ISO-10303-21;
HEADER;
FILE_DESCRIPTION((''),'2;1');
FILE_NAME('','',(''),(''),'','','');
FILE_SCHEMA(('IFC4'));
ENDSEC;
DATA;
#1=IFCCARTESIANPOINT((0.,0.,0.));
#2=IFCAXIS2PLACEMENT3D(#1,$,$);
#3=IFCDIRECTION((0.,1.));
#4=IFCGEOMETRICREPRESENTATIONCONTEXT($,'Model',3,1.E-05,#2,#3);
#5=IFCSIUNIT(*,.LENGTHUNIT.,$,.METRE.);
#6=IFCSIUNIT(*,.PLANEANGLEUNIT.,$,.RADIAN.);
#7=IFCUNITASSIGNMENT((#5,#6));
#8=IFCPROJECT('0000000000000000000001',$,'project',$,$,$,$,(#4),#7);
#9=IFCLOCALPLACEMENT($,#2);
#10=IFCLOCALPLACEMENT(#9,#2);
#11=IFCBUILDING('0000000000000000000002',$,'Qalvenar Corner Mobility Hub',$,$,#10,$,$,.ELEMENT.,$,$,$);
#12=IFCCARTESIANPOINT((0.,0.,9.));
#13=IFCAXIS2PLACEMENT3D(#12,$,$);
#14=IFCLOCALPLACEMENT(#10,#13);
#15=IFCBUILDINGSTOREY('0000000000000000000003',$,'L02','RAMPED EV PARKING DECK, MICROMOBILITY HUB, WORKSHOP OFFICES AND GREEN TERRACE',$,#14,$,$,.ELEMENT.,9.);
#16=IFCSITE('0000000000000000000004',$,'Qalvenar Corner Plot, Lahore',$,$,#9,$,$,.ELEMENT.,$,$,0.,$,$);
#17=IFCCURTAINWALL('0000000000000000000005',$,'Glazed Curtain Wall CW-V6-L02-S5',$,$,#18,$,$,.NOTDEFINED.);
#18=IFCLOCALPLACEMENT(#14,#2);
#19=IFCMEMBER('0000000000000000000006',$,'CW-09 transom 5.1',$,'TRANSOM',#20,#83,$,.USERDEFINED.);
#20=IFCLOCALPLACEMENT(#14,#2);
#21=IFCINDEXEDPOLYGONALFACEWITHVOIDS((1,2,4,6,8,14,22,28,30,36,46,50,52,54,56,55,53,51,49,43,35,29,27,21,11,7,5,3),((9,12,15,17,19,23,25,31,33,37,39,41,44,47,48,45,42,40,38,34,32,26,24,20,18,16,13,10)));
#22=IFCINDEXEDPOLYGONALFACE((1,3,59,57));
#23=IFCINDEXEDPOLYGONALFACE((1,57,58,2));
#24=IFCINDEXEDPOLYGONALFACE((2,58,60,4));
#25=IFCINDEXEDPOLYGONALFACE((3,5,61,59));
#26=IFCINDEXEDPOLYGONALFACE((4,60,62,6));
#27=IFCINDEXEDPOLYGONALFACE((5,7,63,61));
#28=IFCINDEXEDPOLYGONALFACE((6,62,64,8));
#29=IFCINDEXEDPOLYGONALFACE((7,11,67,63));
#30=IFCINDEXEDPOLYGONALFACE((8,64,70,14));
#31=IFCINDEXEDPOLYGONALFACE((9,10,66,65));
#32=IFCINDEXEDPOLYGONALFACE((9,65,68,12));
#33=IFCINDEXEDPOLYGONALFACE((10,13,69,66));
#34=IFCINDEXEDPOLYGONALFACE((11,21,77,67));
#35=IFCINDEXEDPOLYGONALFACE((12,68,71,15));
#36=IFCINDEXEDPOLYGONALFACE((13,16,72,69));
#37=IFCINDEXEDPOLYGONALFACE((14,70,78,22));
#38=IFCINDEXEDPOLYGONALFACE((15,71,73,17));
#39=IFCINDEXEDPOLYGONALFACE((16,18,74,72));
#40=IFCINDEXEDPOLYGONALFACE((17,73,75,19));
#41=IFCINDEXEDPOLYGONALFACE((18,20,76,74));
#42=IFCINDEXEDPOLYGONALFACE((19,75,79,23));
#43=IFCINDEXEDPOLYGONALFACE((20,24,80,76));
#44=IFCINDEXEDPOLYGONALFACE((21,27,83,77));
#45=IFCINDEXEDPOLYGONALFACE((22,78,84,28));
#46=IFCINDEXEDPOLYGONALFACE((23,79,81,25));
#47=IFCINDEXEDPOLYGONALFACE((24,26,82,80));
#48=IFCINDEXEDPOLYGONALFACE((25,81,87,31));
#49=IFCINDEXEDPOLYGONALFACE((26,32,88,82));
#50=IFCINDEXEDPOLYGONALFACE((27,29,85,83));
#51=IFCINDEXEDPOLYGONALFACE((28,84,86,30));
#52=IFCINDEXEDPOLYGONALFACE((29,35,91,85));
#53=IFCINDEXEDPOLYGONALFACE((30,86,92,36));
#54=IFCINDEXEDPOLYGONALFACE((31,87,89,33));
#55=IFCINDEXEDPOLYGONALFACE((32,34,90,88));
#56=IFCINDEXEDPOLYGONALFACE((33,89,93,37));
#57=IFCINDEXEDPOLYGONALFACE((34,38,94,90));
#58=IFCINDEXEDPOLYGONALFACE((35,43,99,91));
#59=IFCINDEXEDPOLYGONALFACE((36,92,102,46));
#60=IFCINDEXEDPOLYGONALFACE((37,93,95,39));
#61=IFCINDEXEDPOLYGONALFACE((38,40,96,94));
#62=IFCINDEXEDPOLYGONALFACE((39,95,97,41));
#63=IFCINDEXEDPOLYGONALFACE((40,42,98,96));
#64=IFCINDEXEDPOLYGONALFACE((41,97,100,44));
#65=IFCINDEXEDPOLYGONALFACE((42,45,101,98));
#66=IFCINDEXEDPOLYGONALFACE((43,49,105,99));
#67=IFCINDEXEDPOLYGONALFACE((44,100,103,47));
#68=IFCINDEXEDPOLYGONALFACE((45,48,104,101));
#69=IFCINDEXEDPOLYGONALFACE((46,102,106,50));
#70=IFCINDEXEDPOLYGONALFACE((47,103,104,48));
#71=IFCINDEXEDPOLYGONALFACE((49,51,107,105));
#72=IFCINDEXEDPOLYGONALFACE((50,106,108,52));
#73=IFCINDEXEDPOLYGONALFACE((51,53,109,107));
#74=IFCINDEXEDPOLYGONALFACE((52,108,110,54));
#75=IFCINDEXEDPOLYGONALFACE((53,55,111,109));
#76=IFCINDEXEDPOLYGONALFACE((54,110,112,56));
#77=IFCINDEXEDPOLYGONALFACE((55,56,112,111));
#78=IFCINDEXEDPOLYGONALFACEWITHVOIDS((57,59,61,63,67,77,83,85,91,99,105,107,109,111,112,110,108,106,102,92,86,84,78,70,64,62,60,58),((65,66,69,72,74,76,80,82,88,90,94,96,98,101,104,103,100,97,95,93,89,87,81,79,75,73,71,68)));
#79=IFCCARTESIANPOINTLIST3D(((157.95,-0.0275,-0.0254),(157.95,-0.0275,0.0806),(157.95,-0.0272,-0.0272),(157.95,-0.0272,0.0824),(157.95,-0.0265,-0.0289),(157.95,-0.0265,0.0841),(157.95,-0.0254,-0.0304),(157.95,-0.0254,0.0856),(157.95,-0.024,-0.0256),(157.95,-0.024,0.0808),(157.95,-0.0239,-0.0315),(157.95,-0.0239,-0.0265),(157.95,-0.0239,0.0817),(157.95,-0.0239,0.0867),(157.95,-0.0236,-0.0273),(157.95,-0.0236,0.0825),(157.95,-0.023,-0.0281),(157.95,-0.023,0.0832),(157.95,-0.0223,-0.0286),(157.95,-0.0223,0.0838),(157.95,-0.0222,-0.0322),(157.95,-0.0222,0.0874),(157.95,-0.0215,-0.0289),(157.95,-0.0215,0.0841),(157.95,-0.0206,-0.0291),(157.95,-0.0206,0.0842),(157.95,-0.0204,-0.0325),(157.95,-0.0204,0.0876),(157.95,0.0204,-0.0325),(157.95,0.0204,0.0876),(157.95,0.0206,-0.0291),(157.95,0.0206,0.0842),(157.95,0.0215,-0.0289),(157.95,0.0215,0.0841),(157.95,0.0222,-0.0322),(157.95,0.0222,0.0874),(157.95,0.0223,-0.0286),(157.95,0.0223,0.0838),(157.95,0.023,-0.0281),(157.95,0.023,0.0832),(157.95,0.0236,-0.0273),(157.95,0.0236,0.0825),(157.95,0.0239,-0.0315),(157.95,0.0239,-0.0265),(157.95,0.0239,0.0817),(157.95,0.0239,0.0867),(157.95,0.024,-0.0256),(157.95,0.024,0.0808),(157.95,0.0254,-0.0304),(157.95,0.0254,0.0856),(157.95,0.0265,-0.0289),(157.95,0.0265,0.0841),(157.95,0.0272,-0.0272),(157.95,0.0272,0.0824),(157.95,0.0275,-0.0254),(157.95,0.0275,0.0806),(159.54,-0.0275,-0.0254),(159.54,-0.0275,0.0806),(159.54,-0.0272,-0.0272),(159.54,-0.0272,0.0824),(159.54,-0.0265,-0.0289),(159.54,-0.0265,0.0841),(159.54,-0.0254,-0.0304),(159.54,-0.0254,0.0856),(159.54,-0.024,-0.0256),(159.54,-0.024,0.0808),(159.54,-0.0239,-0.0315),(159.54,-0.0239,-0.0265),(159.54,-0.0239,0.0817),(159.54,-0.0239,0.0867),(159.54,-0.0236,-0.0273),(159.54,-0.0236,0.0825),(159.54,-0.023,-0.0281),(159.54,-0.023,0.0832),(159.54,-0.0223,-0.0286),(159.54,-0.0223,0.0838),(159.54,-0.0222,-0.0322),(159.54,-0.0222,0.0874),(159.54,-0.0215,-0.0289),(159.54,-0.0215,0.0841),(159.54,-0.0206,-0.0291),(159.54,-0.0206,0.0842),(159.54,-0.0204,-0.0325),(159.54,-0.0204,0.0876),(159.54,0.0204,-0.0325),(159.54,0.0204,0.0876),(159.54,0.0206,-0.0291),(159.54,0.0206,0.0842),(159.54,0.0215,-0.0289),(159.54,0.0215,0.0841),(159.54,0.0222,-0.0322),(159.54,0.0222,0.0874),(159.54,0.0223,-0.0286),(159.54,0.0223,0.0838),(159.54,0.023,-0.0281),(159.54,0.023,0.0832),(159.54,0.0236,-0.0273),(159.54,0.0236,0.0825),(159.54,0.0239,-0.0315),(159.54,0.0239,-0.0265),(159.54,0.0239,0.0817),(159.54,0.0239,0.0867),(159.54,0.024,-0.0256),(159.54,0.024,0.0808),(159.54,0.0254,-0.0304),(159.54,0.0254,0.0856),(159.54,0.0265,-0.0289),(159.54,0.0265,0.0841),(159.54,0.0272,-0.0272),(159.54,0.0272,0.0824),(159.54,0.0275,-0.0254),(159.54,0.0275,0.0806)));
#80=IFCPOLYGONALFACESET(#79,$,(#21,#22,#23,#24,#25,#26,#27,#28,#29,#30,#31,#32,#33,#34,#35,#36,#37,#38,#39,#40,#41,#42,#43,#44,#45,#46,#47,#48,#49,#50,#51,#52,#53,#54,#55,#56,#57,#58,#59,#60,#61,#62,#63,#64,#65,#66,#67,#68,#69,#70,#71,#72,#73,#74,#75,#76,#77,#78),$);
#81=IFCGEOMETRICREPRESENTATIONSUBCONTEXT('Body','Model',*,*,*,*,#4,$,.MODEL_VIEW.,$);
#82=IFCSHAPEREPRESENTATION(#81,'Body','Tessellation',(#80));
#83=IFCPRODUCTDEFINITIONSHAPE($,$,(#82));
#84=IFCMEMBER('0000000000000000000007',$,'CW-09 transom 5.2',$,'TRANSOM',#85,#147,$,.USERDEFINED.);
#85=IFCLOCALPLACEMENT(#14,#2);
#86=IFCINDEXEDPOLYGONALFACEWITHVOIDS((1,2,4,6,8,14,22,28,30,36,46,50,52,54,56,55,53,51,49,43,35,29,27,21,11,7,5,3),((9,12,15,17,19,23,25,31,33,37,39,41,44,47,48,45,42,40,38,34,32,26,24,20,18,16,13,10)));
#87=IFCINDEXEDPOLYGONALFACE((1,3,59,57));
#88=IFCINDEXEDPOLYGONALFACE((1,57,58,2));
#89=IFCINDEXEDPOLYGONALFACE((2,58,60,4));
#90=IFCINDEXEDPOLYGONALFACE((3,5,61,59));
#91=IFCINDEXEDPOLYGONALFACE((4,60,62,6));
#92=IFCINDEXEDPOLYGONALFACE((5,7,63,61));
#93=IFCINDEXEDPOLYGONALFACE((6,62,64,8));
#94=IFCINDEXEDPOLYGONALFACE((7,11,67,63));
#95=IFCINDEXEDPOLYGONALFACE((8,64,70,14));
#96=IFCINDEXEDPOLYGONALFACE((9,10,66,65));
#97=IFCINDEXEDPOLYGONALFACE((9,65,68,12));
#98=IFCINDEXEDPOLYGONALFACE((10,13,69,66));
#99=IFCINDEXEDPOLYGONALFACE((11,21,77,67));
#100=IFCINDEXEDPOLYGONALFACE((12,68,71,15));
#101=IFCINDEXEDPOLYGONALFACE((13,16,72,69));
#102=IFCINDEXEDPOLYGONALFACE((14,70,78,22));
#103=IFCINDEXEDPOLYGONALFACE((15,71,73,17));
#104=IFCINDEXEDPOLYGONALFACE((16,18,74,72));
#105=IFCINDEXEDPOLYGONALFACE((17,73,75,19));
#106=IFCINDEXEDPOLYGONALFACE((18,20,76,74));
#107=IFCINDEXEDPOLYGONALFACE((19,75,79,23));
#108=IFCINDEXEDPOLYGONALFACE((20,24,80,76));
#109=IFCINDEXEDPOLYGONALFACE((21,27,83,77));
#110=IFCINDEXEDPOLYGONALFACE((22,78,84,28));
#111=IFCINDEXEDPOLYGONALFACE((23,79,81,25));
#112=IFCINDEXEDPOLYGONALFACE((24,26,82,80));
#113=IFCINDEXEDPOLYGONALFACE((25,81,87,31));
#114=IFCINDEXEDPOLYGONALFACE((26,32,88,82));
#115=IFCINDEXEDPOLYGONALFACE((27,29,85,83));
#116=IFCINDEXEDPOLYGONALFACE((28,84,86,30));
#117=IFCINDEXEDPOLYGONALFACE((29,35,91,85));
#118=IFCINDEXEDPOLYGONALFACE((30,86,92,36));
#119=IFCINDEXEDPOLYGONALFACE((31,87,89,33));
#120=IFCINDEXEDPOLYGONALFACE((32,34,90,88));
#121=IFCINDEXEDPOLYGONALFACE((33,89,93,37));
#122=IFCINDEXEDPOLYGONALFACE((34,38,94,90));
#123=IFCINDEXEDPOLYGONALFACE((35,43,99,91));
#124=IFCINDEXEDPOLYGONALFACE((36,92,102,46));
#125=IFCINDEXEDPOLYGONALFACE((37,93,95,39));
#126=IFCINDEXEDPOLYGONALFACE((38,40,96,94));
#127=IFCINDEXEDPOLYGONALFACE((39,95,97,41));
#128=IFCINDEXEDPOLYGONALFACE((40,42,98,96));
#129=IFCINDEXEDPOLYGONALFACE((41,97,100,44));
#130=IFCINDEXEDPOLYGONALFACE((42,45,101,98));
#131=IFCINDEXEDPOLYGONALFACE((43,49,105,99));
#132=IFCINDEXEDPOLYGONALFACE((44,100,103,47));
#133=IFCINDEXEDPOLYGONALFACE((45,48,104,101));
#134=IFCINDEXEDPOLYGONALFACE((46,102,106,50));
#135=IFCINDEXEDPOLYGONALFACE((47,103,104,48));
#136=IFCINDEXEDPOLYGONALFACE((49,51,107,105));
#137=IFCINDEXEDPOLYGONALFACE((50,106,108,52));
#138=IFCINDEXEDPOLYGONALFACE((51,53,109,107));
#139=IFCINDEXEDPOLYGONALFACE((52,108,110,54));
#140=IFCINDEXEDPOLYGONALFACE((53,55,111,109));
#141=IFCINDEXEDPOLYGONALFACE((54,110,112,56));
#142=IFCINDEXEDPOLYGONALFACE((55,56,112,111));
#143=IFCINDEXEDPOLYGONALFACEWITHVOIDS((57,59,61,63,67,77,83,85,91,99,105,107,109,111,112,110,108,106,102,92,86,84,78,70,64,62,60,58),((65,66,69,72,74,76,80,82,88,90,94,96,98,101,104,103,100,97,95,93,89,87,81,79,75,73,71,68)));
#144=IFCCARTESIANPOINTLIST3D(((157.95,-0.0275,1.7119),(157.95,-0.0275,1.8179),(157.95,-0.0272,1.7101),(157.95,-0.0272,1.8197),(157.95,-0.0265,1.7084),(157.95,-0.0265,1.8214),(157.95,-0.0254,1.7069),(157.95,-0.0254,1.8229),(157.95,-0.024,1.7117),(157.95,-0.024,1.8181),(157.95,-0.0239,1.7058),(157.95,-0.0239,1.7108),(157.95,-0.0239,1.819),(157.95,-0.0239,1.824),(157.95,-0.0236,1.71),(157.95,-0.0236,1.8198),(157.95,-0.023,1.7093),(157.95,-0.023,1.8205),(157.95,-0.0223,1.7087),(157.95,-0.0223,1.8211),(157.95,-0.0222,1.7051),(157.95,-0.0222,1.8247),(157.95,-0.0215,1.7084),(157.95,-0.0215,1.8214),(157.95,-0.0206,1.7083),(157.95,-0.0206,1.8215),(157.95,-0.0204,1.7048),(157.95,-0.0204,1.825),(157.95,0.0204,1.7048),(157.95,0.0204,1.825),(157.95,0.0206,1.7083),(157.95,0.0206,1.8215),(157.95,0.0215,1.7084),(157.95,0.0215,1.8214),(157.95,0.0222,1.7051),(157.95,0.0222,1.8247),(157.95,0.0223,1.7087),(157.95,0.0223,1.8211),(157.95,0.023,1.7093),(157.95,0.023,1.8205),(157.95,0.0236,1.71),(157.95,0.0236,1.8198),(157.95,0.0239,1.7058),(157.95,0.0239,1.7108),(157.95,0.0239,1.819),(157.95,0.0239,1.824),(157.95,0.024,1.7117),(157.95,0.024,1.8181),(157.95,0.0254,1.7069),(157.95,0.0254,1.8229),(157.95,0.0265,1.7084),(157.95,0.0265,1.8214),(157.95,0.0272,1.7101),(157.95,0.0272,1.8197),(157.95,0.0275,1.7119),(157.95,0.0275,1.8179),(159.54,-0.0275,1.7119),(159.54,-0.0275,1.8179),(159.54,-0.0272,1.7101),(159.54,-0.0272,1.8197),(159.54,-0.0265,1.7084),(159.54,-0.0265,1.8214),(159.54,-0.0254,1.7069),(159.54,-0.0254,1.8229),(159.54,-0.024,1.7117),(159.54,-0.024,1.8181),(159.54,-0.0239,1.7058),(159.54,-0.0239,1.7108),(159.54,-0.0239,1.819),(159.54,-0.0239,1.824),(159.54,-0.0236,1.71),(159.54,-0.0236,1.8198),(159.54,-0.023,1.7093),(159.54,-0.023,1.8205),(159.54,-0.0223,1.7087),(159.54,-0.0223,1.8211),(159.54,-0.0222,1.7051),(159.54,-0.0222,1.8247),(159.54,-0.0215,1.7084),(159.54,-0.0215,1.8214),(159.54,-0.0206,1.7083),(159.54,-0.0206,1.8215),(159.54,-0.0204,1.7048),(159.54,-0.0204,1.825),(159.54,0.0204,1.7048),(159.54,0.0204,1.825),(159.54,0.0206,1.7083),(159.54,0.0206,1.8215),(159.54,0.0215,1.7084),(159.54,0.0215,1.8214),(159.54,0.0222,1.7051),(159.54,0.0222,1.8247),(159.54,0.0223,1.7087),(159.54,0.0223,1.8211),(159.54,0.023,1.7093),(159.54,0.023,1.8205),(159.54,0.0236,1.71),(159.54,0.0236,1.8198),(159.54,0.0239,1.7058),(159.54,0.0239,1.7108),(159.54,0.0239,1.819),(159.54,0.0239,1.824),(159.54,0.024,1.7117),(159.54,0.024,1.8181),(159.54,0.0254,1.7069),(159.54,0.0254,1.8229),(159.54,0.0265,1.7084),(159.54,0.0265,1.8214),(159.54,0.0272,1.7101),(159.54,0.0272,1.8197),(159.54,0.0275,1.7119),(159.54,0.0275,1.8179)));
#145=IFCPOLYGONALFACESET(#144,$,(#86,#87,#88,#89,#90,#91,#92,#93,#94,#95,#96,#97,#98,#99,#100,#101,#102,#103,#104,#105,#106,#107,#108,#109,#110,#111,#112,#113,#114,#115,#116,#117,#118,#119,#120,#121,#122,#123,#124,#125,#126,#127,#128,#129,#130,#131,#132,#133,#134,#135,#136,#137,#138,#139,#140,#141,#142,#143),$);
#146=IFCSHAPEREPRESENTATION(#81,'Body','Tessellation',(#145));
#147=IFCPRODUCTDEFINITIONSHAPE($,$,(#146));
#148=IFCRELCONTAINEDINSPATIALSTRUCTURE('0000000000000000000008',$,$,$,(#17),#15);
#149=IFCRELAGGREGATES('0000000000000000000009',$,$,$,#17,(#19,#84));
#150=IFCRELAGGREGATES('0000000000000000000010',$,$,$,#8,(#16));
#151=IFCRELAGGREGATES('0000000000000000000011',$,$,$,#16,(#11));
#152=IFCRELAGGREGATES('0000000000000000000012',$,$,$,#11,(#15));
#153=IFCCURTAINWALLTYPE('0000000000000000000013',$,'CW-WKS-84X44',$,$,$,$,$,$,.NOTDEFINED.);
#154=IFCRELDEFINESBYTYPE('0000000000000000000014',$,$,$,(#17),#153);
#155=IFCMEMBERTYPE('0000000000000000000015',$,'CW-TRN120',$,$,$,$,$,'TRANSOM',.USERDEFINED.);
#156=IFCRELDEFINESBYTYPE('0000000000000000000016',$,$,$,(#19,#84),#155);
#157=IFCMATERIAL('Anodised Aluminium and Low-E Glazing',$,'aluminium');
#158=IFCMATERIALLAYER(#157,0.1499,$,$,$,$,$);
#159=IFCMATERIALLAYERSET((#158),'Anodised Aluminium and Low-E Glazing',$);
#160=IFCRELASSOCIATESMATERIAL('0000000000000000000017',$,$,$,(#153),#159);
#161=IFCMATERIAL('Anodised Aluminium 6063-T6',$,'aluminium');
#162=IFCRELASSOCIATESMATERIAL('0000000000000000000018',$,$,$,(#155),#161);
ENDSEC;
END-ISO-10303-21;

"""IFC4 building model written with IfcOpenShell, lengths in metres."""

from ifc_helpers import new_model, si_unit, direction, frame, origin, origin_2d, place, context, subcontext, project, spatial, hollow_rectangle, extrude, material, layer, layer_set, material_profile, profile_set, type_object, element, aggregate, save


model = new_model("IFC4")

# Units and contexts
model_context = context("Model", 3, precision=1e-05, world=origin(), true_north=direction((0.0, 1.0)))
body_context = subcontext(model_context, "Body", "Model", "MODEL_VIEW")
ifc_project = project(units=[si_unit("LENGTHUNIT", "METRE"), si_unit("PLANEANGLEUNIT", "RADIAN")], contexts=[model_context])

# Site, building, storey
site_placement = place(None, origin())
site = spatial("IfcSite", under=ifc_project, at=site_placement, Name="Qalvenar Corner Plot, Lahore", CompositionType="ELEMENT", RefElevation=0.0)
building_placement = place(site_placement, origin())
building = spatial("IfcBuilding", under=site, at=building_placement, Name="Qalvenar Corner Mobility Hub", CompositionType="ELEMENT")
storey_placement = place(building_placement, frame((0.0, 0.0, 9.0)))
storey = spatial("IfcBuildingStorey", under=building, at=storey_placement, Name="L02", Description="RAMPED EV PARKING DECK, MICROMOBILITY HUB, WORKSHOP OFFICES AND GREEN TERRACE", CompositionType="ELEMENT", Elevation=9.0)

# Curtain wall, members
ifc_material_1 = material(Name="Anodised Aluminium and Low-E Glazing", Category="aluminium")
ifc_layer_1 = layer(ifc_material_1, 0.1499)
ifc_layer_set_1 = layer_set([ifc_layer_1], Name="Anodised Aluminium and Low-E Glazing")
curtain_wall_type = type_object("IfcCurtainWallType", Name="CW-WKS-84X44", PredefinedType="NOTDEFINED", material=ifc_layer_set_1)
curtain_wall_placement = place(storey_placement, origin())
curtain_wall = element("IfcCurtainWall", 1, at=curtain_wall_placement, inside=storey, type_object=curtain_wall_type, Name="Glazed Curtain Wall CW-V6-L02-S5", PredefinedType="NOTDEFINED")
ifc_material_2 = material(Name="Anodised Aluminium 6063-T6", Category="aluminium")
ifc_material_profile_1 = material_profile(ifc_material_2, hollow_rectangle(XDim=0.0549, YDim=0.1201, WallThickness=0.0034, InnerFilletRadius=0.0034, OuterFilletRadius=0.0071, at=origin_2d()), Name="RHS120x55x3.5")
ifc_profile_set_1 = profile_set([ifc_material_profile_1], Name="Anodised Aluminium 6063-T6")
member_type_1 = type_object("IfcMemberType", Name="CW-TRN120", ElementType="TRANSOM", PredefinedType="USERDEFINED", material=ifc_profile_set_1)
member_1_placement = place(storey_placement, frame((157.95, 0.0, 0.0276), z_axis=(1.0, 0.0, 0.0), x_axis=(0.0, 1.0, 0.0)))
member_1 = element("IfcMember", 2, at=member_1_placement, type_object=member_type_1, Name="CW-09 transom 5.1", ObjectType="TRANSOM", PredefinedType="USERDEFINED", context=body_context, shape_type="SweptSolid", body=[
    extrude(hollow_rectangle(XDim=0.0549, YDim=0.1201, WallThickness=0.0034, InnerFilletRadius=0.0034, OuterFilletRadius=0.0071, at=origin_2d()), origin(), (0.0, 0.0, 1.0), 1.5901),
])
member_2_placement = place(storey_placement, frame((157.95, 0.0, 1.7649), z_axis=(1.0, 0.0, 0.0), x_axis=(0.0, 1.0, 0.0)))
member_2 = element("IfcMember", 3, at=member_2_placement, type_object=member_type_1, Name="CW-09 transom 5.2", ObjectType="TRANSOM", PredefinedType="USERDEFINED", context=body_context, shape_type="SweptSolid", body=[
    extrude(hollow_rectangle(XDim=0.0549, YDim=0.1201, WallThickness=0.0034, InnerFilletRadius=0.0034, OuterFilletRadius=0.0071, at=origin_2d()), origin(), (0.0, 0.0, 1.0), 1.5901),
])
aggregate(curtain_wall, [member_1, member_2])

save(model, "model.ifc")
